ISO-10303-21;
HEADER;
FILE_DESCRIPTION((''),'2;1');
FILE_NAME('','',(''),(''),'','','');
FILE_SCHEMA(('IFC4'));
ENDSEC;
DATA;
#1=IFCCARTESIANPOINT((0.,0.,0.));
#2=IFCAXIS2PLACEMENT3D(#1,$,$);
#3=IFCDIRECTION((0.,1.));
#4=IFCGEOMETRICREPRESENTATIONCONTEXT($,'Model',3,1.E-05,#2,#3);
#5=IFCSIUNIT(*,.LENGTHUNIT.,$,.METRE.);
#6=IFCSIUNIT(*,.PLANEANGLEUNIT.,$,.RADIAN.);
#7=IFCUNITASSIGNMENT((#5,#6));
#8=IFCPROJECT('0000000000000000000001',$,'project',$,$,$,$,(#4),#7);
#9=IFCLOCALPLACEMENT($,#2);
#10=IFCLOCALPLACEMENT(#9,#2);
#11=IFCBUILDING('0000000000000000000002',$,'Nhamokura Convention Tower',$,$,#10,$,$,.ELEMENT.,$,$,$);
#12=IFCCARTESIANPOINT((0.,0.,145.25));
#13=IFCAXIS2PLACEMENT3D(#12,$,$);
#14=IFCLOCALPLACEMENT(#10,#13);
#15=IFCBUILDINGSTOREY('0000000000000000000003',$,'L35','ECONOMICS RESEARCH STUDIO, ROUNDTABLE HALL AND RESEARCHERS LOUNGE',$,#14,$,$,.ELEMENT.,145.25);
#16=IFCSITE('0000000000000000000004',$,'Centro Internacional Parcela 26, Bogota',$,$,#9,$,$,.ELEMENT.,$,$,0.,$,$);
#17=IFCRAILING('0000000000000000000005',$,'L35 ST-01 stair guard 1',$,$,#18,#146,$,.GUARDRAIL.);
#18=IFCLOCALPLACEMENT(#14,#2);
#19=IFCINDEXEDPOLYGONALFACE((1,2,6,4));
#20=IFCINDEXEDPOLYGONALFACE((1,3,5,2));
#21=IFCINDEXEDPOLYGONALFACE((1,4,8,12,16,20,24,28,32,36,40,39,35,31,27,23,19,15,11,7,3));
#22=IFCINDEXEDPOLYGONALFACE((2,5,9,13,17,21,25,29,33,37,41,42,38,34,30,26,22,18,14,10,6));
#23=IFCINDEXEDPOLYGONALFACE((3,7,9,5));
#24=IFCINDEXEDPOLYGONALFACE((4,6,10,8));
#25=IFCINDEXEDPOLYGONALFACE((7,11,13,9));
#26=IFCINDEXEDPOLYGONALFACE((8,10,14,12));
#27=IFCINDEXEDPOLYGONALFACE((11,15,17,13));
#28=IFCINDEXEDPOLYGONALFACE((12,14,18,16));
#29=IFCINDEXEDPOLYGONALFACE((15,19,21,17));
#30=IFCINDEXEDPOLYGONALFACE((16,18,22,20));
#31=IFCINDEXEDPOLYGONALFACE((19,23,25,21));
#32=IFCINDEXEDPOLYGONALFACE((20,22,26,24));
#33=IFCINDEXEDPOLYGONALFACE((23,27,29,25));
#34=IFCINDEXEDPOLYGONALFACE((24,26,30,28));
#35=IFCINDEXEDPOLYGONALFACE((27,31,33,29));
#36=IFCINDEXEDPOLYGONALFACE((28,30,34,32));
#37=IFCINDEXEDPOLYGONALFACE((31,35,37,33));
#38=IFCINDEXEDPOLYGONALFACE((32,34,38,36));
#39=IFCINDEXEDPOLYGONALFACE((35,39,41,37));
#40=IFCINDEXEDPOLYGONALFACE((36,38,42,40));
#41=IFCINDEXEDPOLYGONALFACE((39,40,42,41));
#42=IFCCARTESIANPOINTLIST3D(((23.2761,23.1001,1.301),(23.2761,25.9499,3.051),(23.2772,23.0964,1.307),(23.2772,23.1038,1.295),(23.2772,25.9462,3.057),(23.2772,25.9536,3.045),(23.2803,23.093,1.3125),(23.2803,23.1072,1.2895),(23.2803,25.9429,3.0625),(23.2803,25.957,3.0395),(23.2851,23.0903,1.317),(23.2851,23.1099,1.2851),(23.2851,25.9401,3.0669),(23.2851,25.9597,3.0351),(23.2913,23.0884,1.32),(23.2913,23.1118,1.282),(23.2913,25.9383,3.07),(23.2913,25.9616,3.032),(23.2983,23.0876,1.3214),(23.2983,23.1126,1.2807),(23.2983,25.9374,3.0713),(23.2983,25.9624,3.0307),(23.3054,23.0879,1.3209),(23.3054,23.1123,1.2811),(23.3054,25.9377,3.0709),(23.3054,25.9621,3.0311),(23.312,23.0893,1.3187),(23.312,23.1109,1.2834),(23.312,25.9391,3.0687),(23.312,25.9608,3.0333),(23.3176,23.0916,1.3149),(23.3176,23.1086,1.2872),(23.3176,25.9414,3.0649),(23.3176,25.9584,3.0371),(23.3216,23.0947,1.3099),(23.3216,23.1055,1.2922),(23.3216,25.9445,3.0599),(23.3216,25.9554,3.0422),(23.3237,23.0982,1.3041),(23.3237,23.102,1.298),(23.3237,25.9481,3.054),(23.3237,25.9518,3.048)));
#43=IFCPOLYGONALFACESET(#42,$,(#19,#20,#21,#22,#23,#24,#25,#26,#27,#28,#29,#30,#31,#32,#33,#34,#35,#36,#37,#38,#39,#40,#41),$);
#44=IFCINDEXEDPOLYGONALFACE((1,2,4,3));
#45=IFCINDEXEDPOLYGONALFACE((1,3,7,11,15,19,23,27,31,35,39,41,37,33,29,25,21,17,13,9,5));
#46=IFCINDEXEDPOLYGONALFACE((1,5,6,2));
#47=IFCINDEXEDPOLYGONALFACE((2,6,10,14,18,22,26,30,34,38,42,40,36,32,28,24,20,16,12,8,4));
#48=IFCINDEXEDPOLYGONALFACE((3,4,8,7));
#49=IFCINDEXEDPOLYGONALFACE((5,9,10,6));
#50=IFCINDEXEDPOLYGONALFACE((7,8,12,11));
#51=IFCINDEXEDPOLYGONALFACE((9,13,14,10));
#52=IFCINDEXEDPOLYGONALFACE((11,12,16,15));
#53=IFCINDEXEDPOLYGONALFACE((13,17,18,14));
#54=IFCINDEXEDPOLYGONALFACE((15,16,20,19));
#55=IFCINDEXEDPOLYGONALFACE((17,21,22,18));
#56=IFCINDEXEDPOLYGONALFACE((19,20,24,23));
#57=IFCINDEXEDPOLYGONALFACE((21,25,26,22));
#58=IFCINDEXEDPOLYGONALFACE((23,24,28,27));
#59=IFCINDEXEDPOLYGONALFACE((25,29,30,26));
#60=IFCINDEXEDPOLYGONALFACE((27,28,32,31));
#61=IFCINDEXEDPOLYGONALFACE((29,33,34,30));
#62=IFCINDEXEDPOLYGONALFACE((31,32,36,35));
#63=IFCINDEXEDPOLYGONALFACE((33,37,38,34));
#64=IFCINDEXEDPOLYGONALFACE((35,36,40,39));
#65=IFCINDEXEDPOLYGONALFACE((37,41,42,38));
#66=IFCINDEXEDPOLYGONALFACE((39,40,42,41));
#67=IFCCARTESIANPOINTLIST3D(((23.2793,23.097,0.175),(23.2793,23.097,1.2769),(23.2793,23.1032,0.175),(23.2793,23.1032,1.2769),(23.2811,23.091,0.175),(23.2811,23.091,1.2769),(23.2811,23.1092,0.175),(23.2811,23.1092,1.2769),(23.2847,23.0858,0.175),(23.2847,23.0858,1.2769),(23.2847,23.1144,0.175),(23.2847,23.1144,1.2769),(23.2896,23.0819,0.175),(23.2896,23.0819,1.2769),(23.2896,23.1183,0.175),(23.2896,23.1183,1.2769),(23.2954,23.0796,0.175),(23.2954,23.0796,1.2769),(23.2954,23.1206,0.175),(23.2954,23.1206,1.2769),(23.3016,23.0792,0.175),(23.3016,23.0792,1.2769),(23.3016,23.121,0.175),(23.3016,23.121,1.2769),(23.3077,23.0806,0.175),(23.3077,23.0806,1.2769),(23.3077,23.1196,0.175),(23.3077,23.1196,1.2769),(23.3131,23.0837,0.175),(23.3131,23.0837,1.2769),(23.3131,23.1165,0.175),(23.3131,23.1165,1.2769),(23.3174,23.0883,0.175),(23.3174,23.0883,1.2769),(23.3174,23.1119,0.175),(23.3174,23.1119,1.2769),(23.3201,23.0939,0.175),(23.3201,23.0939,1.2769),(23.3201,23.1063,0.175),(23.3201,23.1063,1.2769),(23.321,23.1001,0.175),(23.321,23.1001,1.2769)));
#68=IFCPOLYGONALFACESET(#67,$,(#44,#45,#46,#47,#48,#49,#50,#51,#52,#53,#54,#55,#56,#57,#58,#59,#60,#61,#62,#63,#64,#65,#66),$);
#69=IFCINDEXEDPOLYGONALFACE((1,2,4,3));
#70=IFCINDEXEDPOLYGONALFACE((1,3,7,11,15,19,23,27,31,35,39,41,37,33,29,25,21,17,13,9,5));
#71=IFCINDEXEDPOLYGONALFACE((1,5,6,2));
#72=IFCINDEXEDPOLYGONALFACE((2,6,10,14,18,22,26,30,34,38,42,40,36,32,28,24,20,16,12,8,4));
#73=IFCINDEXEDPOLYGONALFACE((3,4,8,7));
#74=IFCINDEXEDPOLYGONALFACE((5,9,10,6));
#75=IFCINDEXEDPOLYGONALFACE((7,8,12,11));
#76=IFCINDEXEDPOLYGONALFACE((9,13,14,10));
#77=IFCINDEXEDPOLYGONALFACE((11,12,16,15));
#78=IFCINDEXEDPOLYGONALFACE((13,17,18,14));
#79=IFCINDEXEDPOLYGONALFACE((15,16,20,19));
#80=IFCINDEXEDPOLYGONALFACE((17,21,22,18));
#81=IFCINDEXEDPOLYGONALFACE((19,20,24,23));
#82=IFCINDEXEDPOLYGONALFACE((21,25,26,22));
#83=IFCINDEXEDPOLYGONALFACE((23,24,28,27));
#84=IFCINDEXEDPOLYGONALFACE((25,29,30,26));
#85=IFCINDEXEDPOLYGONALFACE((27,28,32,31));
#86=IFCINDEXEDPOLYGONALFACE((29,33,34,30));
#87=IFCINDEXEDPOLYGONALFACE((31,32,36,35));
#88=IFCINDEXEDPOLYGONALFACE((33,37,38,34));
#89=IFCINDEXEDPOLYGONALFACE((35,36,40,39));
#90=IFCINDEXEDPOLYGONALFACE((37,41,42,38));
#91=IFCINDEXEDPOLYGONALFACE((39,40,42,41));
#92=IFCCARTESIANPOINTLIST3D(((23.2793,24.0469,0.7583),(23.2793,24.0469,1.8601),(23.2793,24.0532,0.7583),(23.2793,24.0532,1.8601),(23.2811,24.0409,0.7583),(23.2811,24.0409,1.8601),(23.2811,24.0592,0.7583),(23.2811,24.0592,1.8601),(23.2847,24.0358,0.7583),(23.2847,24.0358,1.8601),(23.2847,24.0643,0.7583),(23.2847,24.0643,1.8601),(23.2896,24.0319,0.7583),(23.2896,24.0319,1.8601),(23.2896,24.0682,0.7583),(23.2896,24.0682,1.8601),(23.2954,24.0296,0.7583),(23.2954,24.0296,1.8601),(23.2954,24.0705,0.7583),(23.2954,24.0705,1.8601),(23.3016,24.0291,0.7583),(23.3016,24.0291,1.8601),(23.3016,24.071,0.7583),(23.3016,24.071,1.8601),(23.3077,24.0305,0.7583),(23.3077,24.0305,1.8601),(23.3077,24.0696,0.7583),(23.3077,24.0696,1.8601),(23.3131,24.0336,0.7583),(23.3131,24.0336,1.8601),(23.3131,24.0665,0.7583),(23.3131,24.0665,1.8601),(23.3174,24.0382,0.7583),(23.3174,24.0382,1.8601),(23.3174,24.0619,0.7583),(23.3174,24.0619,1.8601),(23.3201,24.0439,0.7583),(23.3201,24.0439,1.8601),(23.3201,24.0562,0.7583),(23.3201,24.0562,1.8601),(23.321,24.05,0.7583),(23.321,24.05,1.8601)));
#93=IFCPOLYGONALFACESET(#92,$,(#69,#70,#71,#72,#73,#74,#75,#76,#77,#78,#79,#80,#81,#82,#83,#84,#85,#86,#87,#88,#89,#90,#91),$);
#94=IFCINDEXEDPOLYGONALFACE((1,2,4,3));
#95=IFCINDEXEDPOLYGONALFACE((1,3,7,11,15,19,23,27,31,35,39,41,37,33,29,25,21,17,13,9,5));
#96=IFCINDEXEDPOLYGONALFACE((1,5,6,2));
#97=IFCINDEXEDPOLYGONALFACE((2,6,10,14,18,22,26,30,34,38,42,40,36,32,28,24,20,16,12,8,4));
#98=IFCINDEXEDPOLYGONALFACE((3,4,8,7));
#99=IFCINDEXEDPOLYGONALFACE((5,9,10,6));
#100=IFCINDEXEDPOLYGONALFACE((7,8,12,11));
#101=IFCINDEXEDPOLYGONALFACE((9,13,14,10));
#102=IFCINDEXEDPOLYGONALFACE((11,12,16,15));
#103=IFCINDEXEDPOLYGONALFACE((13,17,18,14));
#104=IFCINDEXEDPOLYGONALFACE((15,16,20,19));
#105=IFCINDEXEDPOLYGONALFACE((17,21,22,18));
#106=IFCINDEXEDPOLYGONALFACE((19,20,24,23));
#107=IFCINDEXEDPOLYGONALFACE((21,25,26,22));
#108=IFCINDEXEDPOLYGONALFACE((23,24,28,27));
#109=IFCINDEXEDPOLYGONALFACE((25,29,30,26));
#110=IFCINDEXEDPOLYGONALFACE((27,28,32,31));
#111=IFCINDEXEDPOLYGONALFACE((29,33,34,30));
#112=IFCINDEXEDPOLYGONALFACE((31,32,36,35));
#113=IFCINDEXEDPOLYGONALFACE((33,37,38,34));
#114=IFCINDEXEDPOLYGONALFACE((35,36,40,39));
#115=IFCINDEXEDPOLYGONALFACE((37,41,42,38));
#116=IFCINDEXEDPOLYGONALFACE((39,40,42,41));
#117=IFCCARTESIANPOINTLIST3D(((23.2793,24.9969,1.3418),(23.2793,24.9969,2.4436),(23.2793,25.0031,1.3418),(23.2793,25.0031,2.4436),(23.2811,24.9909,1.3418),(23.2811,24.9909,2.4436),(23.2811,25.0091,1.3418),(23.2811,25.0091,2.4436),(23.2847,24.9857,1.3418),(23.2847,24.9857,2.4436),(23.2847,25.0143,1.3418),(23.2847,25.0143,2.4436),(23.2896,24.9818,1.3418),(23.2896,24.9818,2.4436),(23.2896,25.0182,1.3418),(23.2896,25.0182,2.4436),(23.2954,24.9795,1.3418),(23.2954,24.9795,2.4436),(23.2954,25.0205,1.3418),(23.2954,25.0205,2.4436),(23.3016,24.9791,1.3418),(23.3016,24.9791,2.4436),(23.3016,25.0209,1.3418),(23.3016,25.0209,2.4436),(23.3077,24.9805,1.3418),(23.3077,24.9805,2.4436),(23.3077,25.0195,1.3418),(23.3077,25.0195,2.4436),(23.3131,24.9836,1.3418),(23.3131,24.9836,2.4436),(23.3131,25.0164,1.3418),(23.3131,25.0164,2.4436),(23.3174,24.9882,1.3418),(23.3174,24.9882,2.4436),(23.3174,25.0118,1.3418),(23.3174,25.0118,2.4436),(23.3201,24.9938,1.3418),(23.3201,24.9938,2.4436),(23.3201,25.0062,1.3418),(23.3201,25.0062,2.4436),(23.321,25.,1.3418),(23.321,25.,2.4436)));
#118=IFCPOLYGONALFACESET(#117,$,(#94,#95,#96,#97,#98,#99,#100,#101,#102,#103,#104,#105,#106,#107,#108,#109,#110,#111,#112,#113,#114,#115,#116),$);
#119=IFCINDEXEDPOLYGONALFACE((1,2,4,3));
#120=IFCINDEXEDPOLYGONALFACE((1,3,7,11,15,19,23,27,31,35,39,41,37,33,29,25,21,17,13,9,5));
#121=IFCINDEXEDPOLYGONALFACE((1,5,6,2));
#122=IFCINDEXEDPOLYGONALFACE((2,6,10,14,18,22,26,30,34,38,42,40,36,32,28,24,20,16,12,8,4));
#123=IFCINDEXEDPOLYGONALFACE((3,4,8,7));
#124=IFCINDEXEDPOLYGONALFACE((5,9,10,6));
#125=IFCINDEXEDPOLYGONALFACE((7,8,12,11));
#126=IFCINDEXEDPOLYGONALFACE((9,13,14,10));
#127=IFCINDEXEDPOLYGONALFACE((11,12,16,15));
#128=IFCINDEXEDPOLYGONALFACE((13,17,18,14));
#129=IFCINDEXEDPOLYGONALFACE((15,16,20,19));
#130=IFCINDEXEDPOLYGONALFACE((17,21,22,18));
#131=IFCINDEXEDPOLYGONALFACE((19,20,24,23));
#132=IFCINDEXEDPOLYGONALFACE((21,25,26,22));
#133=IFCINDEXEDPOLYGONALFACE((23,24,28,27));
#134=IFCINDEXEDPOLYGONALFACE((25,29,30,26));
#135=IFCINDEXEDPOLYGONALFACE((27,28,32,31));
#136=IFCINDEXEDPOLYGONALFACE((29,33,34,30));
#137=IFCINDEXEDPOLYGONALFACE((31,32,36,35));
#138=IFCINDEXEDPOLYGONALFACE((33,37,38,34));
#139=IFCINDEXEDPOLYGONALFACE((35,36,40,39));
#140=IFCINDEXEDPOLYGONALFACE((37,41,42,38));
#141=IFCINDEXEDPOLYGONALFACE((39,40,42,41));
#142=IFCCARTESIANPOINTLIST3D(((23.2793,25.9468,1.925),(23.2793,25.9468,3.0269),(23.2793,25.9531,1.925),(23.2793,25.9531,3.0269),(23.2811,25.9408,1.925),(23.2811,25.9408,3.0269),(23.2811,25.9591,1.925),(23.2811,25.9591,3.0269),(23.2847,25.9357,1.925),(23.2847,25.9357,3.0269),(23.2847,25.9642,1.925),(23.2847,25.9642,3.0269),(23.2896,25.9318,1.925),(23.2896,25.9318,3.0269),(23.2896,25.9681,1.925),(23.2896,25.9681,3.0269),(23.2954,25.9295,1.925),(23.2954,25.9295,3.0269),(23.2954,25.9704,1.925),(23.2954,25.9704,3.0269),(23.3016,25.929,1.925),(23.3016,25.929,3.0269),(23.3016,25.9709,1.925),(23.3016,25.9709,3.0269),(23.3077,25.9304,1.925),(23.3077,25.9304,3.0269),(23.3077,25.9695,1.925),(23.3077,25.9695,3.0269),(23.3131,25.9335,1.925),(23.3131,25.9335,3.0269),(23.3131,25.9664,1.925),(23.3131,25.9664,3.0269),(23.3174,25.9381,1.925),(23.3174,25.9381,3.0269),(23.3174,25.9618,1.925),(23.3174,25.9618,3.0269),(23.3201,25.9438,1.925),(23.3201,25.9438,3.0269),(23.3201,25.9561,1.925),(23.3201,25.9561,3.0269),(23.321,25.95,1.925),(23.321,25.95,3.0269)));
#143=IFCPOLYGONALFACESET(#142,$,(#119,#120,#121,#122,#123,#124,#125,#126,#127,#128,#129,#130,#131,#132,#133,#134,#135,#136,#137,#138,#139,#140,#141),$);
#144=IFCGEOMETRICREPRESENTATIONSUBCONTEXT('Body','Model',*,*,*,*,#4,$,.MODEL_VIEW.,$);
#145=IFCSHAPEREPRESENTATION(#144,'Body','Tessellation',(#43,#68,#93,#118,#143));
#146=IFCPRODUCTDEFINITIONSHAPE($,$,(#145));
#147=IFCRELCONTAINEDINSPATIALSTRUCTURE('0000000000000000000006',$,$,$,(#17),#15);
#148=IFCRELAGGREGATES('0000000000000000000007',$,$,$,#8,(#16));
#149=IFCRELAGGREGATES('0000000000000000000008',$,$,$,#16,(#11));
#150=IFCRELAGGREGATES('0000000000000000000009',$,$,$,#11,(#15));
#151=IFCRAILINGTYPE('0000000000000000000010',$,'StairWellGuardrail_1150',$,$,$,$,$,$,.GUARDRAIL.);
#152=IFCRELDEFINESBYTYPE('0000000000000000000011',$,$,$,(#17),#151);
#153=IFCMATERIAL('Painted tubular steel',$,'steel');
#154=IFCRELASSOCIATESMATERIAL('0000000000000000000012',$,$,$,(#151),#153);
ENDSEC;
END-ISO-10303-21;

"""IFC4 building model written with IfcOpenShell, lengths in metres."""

from ifc_helpers import new_model, si_unit, direction, frame, origin, origin_2d, place, context, subcontext, project, spatial, circle, extrude, material, type_object, element, save


model = new_model("IFC4")

# Units and contexts
model_context = context("Model", 3, precision=1e-05, world=origin(), true_north=direction((0.0, 1.0)))
body_context = subcontext(model_context, "Body", "Model", "MODEL_VIEW")
ifc_project = project(units=[si_unit("LENGTHUNIT", "METRE"), si_unit("PLANEANGLEUNIT", "RADIAN")], contexts=[model_context])

# Site, building, storey
site_placement = place(None, origin())
site = spatial("IfcSite", under=ifc_project, at=site_placement, Name="Centro Internacional Parcela 26, Bogota", CompositionType="ELEMENT", RefElevation=0.0)
building_placement = place(site_placement, origin())
building = spatial("IfcBuilding", under=site, at=building_placement, Name="Nhamokura Convention Tower", CompositionType="ELEMENT")
storey_placement = place(building_placement, frame((0.0, 0.0, 145.25)))
storey = spatial("IfcBuildingStorey", under=building, at=storey_placement, Name="L35", Description="ECONOMICS RESEARCH STUDIO, ROUNDTABLE HALL AND RESEARCHERS LOUNGE", CompositionType="ELEMENT", Elevation=145.25)

# Railing
ifc_material_1 = material(Name="Painted tubular steel", Category="steel")
railing_type_1 = type_object("IfcRailingType", Name="StairWellGuardrail_1150", PredefinedType="GUARDRAIL", material=ifc_material_1)
railing_1_placement = place(storey_placement, frame((23.3, 23.1001, 0.175)))
element("IfcRailing", 1, at=railing_1_placement, inside=storey, type_object=railing_type_1, Name="L35 ST-01 stair guard 1", PredefinedType="GUARDRAIL", context=body_context, shape_type="SweptSolid", body=[
    extrude(circle(Radius=0.0239, at=origin_2d()), frame((0.0, 0.0, 1.126), z_axis=(0.0, 0.852159, 0.523283), x_axis=(-1.0, 0.0, 0.0)), (0.0, 0.0, 1.0), 3.3442),
    extrude(circle(Radius=0.021, at=origin_2d()), origin(), (0.0, 0.0, 1.0), 1.1018),
    extrude(circle(Radius=0.021, at=origin_2d()), frame((0.0, 0.95, 0.5833)), (0.0, 0.0, 1.0), 1.1018),
    extrude(circle(Radius=0.021, at=origin_2d()), frame((0.0, 1.8999, 1.1667)), (0.0, 0.0, 1.0), 1.1018),
    extrude(circle(Radius=0.021, at=origin_2d()), frame((0.0, 2.8499, 1.75)), (0.0, 0.0, 1.0), 1.1018),
])

save(model, "model.ifc")
